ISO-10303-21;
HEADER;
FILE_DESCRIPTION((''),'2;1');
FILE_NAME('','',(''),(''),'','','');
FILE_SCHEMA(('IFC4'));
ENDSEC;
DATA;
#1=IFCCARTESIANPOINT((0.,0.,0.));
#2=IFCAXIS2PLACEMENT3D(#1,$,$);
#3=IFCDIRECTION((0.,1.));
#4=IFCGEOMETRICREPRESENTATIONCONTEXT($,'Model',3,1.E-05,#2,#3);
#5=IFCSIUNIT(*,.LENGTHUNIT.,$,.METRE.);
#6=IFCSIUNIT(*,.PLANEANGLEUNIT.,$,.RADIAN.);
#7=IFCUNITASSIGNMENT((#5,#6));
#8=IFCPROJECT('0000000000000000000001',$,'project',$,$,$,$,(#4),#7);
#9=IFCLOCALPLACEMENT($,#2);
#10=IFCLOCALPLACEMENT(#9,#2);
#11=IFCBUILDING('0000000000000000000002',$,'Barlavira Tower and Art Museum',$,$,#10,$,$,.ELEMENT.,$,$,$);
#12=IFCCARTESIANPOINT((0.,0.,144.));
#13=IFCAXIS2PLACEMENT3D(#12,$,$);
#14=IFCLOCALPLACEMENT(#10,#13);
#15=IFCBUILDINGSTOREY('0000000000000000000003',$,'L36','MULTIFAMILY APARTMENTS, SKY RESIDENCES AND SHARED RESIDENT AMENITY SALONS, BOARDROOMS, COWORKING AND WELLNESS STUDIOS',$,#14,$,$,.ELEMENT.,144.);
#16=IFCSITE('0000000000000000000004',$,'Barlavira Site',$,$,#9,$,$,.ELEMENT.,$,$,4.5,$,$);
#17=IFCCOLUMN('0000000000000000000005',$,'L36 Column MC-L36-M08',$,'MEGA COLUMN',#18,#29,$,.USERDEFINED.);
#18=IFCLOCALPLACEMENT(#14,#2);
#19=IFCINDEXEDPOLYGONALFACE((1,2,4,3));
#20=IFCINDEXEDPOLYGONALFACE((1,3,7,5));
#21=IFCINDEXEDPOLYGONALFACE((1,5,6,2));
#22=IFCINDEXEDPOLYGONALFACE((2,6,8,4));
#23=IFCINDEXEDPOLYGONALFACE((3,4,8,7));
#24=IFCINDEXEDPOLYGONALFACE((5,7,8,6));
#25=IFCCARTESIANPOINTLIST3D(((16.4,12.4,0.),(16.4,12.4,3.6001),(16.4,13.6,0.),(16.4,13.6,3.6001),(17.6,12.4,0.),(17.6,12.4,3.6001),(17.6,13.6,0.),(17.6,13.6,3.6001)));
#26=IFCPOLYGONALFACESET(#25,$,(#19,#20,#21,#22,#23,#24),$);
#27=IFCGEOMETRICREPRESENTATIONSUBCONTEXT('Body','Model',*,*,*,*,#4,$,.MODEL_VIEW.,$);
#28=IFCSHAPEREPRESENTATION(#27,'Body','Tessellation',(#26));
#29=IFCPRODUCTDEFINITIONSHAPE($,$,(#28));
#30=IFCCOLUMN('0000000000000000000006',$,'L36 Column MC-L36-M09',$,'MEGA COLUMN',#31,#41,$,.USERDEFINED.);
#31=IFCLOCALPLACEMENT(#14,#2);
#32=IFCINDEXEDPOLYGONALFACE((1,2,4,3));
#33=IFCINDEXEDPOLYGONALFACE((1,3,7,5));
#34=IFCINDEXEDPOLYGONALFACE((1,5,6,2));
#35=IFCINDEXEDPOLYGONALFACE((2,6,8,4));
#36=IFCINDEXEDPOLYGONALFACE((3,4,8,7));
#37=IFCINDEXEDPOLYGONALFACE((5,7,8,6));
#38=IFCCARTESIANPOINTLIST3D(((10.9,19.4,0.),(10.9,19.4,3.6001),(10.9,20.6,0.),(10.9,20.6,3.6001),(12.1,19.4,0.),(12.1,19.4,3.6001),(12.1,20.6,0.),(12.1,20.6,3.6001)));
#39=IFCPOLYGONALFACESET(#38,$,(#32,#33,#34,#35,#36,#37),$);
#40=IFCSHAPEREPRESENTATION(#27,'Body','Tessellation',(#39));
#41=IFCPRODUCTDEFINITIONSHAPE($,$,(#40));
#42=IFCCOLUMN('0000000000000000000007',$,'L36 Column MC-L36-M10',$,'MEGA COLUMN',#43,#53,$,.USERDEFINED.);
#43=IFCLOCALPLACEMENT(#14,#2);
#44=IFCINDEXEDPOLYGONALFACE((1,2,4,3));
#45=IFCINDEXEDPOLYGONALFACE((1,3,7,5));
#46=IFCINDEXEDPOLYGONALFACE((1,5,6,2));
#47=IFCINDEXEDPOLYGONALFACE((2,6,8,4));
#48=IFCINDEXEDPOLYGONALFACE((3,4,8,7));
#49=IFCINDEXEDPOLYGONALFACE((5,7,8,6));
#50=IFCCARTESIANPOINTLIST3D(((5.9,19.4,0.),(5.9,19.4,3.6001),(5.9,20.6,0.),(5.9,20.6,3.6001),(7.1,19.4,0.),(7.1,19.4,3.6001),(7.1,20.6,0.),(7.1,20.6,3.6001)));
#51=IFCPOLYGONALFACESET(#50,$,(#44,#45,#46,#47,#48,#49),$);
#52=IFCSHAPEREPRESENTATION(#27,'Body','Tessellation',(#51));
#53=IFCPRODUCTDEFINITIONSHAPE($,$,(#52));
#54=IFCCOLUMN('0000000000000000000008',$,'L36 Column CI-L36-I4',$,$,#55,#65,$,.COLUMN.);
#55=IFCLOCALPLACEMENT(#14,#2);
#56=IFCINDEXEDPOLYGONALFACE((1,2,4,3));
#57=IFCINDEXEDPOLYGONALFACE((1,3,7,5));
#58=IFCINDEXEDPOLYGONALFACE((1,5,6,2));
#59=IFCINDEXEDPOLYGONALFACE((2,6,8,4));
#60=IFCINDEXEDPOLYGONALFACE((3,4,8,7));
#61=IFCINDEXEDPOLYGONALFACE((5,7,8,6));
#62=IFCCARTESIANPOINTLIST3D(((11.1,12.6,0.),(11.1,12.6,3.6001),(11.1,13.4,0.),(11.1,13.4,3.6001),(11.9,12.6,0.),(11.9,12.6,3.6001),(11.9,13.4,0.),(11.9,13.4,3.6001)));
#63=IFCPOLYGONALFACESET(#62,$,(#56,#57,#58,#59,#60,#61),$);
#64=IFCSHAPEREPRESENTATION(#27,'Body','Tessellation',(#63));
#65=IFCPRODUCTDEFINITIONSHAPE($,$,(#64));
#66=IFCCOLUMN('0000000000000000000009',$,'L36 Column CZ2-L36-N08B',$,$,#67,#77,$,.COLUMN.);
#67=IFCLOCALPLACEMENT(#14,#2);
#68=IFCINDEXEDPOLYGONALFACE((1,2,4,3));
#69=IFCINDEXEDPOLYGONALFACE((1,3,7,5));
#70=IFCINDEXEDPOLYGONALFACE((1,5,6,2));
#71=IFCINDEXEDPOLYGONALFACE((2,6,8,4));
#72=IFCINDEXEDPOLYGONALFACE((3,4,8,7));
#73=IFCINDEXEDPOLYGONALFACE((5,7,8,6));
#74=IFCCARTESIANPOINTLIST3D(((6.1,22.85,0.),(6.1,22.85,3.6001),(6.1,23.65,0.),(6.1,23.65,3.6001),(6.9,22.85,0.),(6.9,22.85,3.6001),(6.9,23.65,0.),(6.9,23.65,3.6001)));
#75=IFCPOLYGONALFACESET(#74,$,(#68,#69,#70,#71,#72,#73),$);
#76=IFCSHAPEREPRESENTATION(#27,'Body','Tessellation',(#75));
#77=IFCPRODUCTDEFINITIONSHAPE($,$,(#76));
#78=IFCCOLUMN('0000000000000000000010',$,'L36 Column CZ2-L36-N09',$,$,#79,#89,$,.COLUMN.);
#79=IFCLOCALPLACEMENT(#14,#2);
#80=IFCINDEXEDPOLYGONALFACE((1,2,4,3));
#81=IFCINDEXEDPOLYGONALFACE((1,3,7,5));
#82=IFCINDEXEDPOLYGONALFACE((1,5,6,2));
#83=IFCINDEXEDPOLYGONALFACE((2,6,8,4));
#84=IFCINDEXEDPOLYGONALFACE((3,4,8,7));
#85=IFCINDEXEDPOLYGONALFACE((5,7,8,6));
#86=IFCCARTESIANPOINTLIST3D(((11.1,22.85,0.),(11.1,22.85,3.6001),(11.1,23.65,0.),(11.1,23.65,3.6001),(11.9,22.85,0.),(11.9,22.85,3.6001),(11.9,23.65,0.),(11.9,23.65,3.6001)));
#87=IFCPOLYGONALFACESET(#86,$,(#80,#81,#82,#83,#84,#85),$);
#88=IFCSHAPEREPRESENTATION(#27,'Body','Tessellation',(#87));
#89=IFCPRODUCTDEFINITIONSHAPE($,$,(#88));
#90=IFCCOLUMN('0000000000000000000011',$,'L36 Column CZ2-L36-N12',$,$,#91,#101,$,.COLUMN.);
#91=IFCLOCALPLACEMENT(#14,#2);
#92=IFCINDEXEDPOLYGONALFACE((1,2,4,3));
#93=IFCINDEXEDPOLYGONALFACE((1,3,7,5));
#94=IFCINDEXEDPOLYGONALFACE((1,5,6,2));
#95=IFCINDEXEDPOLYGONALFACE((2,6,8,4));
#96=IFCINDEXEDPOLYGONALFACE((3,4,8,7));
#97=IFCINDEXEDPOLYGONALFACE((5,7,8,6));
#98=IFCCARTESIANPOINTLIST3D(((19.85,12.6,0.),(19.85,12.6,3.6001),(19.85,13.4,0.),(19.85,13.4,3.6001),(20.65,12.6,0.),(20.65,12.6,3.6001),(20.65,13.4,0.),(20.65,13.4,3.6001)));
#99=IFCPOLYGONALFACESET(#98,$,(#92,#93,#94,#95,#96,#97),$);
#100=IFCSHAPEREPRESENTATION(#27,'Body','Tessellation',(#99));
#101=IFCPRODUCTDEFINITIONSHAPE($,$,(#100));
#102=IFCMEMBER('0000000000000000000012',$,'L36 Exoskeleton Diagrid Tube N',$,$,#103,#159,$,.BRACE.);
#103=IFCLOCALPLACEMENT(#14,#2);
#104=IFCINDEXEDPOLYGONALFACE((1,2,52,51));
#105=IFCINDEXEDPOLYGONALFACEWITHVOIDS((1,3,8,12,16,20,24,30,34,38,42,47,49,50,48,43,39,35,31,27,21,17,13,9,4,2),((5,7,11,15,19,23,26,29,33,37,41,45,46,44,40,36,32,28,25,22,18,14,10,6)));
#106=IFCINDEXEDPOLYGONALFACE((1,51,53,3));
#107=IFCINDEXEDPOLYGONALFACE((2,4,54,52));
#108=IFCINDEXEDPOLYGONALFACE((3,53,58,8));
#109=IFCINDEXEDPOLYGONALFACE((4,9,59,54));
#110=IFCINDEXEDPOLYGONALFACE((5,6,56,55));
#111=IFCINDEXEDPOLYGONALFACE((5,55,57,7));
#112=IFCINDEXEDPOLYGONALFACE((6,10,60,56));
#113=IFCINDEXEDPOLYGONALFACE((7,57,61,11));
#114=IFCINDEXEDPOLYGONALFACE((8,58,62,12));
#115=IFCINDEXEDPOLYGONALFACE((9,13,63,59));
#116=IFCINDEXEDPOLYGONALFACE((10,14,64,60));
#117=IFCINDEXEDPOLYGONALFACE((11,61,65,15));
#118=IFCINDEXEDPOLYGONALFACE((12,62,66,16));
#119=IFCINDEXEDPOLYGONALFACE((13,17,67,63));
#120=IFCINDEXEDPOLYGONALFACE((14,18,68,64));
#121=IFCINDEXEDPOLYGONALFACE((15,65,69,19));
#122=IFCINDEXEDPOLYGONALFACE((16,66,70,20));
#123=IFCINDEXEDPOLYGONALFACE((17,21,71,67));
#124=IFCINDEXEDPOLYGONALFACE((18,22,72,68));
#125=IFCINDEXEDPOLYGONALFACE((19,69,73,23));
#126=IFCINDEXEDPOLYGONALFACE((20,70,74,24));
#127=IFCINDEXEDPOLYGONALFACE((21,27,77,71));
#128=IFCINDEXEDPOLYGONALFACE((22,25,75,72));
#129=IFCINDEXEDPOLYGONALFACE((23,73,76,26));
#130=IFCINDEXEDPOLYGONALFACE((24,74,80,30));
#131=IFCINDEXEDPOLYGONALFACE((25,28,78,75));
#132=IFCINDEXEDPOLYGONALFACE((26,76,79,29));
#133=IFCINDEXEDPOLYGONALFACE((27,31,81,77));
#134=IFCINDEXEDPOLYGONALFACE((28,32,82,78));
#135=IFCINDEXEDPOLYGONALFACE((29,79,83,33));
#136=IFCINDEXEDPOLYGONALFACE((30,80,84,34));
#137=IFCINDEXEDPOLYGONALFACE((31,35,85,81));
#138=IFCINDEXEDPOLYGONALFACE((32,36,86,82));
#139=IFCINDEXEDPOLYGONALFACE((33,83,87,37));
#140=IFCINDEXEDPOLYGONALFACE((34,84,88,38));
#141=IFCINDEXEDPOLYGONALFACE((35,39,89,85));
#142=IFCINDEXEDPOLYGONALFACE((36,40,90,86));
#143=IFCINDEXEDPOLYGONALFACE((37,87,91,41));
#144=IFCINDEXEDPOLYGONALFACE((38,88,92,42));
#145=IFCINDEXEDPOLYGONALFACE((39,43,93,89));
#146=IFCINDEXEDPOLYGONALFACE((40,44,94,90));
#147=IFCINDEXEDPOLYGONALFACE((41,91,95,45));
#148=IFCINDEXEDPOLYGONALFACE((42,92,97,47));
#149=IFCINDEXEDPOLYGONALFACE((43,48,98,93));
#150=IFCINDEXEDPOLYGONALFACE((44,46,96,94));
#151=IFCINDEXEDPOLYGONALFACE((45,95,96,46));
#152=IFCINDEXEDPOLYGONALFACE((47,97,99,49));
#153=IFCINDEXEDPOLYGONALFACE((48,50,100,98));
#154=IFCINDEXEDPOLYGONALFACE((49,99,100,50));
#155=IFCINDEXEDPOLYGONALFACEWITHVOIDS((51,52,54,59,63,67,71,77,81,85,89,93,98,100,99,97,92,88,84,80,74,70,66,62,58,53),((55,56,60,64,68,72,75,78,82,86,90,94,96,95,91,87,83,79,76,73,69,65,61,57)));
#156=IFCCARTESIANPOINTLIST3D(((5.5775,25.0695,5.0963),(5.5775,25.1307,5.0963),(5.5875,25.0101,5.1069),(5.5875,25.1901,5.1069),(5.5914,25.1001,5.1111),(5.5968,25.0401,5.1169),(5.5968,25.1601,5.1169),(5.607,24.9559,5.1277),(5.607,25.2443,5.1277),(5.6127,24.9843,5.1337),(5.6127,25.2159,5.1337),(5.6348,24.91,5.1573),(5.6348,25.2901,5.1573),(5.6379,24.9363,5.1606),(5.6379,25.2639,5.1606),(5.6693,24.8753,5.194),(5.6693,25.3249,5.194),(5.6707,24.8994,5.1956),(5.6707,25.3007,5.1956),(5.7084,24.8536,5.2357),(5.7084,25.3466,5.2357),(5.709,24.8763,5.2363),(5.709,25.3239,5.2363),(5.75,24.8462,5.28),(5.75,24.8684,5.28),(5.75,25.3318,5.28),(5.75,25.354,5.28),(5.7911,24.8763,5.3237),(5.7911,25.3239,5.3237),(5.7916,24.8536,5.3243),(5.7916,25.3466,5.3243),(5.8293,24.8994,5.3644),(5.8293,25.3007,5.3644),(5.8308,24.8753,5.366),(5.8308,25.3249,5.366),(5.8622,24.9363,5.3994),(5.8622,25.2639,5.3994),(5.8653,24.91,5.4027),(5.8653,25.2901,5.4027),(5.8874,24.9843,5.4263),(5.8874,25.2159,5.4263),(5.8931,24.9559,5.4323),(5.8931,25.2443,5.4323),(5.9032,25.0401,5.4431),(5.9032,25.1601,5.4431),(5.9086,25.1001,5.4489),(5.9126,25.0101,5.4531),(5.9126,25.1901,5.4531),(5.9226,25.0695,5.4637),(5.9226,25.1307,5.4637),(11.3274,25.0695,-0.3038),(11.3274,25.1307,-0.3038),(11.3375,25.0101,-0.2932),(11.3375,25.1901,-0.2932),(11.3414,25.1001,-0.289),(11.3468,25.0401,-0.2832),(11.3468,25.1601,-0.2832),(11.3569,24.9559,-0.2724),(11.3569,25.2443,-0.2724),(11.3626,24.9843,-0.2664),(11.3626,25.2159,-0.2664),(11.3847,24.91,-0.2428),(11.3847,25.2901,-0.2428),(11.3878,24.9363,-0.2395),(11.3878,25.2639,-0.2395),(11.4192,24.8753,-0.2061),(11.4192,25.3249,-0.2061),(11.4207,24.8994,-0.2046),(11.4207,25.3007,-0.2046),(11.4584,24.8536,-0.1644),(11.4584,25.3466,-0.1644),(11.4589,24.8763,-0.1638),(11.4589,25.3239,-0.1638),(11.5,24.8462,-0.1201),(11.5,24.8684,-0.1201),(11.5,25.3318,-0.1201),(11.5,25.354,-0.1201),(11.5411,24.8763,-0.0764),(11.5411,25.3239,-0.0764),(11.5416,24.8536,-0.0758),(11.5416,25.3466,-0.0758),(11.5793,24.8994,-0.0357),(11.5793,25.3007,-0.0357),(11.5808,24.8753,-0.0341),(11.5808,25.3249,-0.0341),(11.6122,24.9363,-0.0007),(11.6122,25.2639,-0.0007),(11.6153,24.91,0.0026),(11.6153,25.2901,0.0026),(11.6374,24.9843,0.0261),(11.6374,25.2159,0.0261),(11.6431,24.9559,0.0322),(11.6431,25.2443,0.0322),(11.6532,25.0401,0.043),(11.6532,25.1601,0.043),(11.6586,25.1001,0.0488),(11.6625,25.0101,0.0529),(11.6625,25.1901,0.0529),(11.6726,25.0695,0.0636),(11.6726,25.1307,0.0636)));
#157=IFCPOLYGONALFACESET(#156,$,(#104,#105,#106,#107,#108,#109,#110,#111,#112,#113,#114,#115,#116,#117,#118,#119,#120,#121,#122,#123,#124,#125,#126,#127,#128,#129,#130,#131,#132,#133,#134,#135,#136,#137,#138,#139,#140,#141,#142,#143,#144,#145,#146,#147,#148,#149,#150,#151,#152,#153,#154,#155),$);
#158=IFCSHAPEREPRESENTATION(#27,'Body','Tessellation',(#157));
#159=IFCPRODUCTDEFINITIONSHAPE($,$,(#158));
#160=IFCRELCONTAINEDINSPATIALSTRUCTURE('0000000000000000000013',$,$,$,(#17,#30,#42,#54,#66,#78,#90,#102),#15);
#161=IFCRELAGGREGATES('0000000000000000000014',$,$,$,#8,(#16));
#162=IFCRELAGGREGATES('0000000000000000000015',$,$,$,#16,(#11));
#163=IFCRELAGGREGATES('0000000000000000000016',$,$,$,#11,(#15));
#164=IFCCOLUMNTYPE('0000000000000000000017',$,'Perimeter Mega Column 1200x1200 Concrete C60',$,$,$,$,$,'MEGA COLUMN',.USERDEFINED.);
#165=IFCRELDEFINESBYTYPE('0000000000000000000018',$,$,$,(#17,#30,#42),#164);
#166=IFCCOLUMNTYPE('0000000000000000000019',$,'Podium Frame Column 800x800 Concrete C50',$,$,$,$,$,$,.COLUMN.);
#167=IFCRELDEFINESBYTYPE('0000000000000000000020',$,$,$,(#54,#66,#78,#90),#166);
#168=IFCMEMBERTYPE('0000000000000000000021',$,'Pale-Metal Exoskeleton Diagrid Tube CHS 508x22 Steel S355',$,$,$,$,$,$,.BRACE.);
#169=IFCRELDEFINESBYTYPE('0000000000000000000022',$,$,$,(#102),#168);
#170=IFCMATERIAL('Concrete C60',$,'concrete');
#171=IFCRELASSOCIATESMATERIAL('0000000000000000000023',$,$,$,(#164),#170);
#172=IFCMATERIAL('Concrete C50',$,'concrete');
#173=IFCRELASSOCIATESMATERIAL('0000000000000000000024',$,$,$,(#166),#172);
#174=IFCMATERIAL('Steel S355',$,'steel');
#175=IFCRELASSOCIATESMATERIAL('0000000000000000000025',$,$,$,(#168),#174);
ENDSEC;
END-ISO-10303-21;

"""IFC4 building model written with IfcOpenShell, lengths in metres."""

from ifc_helpers import new_model, si_unit, direction, frame, origin, origin_2d, place, context, subcontext, project, spatial, rectangle, hollow_circle, extrude, material, material_profile, profile_set, type_object, element, save


model = new_model("IFC4")

# Units and contexts
model_context = context("Model", 3, precision=1e-05, world=origin(), true_north=direction((0.0, 1.0)))
body_context = subcontext(model_context, "Body", "Model", "MODEL_VIEW")
ifc_project = project(units=[si_unit("LENGTHUNIT", "METRE"), si_unit("PLANEANGLEUNIT", "RADIAN")], contexts=[model_context])

# Site, building, storey
site_placement = place(None, origin())
site = spatial("IfcSite", under=ifc_project, at=site_placement, Name="Barlavira Site", CompositionType="ELEMENT", RefElevation=4.5)
building_placement = place(site_placement, origin())
building = spatial("IfcBuilding", under=site, at=building_placement, Name="Barlavira Tower and Art Museum", CompositionType="ELEMENT")
storey_placement = place(building_placement, frame((0.0, 0.0, 144.0)))
storey = spatial("IfcBuildingStorey", under=building, at=storey_placement, Name="L36", Description="MULTIFAMILY APARTMENTS, SKY RESIDENCES AND SHARED RESIDENT AMENITY SALONS, BOARDROOMS, COWORKING AND WELLNESS STUDIOS", CompositionType="ELEMENT", Elevation=144.0)

# Columns
ifc_material_1 = material(Name="Concrete C60", Category="concrete")
ifc_material_profile_1 = material_profile(ifc_material_1, rectangle(XDim=1.2, YDim=1.2, at=origin_2d()), Name="RC-COL 1200x1200")
ifc_profile_set_1 = profile_set([ifc_material_profile_1], Name="Concrete C60")
column_type_1 = type_object("IfcColumnType", Name="Perimeter Mega Column 1200x1200 Concrete C60", ElementType="MEGA COLUMN", PredefinedType="USERDEFINED", material=ifc_profile_set_1)
for number, where, z_axis, x_axis, name in (
    (1, (17.0, 13.0, 0.0), (0.0, 0.0, 1.0), (1.0, 0.0, 0.0), "L36 Column MC-L36-M08"),
    (2, (11.5, 20.0, 0.0), (0.0, 0.0, 1.0), (1.0, 0.0, 0.0), "L36 Column MC-L36-M09"),
    (3, (6.5, 20.0, 0.0), (0.0, 0.0, 1.0), (1.0, 0.0, 0.0), "L36 Column MC-L36-M10"),
):
    element("IfcColumn", number, at=place(storey_placement, frame(where, z_axis=z_axis, x_axis=x_axis)), inside=storey, type_object=column_type_1, Name=name, ObjectType="MEGA COLUMN", PredefinedType="USERDEFINED", context=body_context, shape_type="SweptSolid", body=[
        extrude(rectangle(XDim=1.2, YDim=1.2, at=origin_2d()), origin(), (0.0, 0.0, 1.0), 3.6001),
    ])
ifc_material_2 = material(Name="Concrete C50", Category="concrete")
ifc_material_profile_2 = material_profile(ifc_material_2, rectangle(XDim=0.8, YDim=0.8, at=origin_2d()), Name="RC-COL 800x800")
ifc_profile_set_2 = profile_set([ifc_material_profile_2], Name="Concrete C50")
column_type_2 = type_object("IfcColumnType", Name="Podium Frame Column 800x800 Concrete C50", PredefinedType="COLUMN", material=ifc_profile_set_2)
for number, where, z_axis, x_axis, name in (
    (4, (11.5, 13.0, 0.0), (0.0, 0.0, 1.0), (1.0, 0.0, 0.0), "L36 Column CI-L36-I4"),
    (5, (6.5, 23.25, 0.0), (0.0, 0.0, 1.0), (1.0, 0.0, 0.0), "L36 Column CZ2-L36-N08B"),
    (6, (11.5, 23.25, 0.0), (0.0, 0.0, 1.0), (1.0, 0.0, 0.0), "L36 Column CZ2-L36-N09"),
    (7, (20.25, 13.0, 0.0), (0.0, 0.0, 1.0), (1.0, 0.0, 0.0), "L36 Column CZ2-L36-N12"),
):
    element("IfcColumn", number, at=place(storey_placement, frame(where, z_axis=z_axis, x_axis=x_axis)), inside=storey, type_object=column_type_2, Name=name, PredefinedType="COLUMN", context=body_context, shape_type="SweptSolid", body=[
        extrude(rectangle(XDim=0.8, YDim=0.8, at=origin_2d()), origin(), (0.0, 0.0, 1.0), 3.6001),
    ])

# Member
ifc_material_3 = material(Name="Steel S355", Category="steel")
ifc_material_profile_3 = material_profile(ifc_material_3, hollow_circle(Radius=0.2539, WallThickness=0.0222, at=origin_2d()), Name="CHS 508.0x22.2")
ifc_profile_set_3 = profile_set([ifc_material_profile_3], Name="Steel S355")
member_type_1 = type_object("IfcMemberType", Name="Pale-Metal Exoskeleton Diagrid Tube CHS 508x22 Steel S355", PredefinedType="BRACE", material=ifc_profile_set_3)
member_1_placement = place(storey_placement, frame((11.5, 25.1001, -0.1201), z_axis=(-0.728935, 0.0, 0.684583), x_axis=(0.0, -1.0, 0.0)))
element("IfcMember", 8, at=member_1_placement, inside=storey, type_object=member_type_1, Name="L36 Exoskeleton Diagrid Tube N", PredefinedType="BRACE", context=body_context, shape_type="SweptSolid", body=[
    extrude(hollow_circle(Radius=0.2539, WallThickness=0.0222, at=origin_2d()), origin(), (0.0, 0.0, 1.0), 7.8882),
])

save(model, "model.ifc")
